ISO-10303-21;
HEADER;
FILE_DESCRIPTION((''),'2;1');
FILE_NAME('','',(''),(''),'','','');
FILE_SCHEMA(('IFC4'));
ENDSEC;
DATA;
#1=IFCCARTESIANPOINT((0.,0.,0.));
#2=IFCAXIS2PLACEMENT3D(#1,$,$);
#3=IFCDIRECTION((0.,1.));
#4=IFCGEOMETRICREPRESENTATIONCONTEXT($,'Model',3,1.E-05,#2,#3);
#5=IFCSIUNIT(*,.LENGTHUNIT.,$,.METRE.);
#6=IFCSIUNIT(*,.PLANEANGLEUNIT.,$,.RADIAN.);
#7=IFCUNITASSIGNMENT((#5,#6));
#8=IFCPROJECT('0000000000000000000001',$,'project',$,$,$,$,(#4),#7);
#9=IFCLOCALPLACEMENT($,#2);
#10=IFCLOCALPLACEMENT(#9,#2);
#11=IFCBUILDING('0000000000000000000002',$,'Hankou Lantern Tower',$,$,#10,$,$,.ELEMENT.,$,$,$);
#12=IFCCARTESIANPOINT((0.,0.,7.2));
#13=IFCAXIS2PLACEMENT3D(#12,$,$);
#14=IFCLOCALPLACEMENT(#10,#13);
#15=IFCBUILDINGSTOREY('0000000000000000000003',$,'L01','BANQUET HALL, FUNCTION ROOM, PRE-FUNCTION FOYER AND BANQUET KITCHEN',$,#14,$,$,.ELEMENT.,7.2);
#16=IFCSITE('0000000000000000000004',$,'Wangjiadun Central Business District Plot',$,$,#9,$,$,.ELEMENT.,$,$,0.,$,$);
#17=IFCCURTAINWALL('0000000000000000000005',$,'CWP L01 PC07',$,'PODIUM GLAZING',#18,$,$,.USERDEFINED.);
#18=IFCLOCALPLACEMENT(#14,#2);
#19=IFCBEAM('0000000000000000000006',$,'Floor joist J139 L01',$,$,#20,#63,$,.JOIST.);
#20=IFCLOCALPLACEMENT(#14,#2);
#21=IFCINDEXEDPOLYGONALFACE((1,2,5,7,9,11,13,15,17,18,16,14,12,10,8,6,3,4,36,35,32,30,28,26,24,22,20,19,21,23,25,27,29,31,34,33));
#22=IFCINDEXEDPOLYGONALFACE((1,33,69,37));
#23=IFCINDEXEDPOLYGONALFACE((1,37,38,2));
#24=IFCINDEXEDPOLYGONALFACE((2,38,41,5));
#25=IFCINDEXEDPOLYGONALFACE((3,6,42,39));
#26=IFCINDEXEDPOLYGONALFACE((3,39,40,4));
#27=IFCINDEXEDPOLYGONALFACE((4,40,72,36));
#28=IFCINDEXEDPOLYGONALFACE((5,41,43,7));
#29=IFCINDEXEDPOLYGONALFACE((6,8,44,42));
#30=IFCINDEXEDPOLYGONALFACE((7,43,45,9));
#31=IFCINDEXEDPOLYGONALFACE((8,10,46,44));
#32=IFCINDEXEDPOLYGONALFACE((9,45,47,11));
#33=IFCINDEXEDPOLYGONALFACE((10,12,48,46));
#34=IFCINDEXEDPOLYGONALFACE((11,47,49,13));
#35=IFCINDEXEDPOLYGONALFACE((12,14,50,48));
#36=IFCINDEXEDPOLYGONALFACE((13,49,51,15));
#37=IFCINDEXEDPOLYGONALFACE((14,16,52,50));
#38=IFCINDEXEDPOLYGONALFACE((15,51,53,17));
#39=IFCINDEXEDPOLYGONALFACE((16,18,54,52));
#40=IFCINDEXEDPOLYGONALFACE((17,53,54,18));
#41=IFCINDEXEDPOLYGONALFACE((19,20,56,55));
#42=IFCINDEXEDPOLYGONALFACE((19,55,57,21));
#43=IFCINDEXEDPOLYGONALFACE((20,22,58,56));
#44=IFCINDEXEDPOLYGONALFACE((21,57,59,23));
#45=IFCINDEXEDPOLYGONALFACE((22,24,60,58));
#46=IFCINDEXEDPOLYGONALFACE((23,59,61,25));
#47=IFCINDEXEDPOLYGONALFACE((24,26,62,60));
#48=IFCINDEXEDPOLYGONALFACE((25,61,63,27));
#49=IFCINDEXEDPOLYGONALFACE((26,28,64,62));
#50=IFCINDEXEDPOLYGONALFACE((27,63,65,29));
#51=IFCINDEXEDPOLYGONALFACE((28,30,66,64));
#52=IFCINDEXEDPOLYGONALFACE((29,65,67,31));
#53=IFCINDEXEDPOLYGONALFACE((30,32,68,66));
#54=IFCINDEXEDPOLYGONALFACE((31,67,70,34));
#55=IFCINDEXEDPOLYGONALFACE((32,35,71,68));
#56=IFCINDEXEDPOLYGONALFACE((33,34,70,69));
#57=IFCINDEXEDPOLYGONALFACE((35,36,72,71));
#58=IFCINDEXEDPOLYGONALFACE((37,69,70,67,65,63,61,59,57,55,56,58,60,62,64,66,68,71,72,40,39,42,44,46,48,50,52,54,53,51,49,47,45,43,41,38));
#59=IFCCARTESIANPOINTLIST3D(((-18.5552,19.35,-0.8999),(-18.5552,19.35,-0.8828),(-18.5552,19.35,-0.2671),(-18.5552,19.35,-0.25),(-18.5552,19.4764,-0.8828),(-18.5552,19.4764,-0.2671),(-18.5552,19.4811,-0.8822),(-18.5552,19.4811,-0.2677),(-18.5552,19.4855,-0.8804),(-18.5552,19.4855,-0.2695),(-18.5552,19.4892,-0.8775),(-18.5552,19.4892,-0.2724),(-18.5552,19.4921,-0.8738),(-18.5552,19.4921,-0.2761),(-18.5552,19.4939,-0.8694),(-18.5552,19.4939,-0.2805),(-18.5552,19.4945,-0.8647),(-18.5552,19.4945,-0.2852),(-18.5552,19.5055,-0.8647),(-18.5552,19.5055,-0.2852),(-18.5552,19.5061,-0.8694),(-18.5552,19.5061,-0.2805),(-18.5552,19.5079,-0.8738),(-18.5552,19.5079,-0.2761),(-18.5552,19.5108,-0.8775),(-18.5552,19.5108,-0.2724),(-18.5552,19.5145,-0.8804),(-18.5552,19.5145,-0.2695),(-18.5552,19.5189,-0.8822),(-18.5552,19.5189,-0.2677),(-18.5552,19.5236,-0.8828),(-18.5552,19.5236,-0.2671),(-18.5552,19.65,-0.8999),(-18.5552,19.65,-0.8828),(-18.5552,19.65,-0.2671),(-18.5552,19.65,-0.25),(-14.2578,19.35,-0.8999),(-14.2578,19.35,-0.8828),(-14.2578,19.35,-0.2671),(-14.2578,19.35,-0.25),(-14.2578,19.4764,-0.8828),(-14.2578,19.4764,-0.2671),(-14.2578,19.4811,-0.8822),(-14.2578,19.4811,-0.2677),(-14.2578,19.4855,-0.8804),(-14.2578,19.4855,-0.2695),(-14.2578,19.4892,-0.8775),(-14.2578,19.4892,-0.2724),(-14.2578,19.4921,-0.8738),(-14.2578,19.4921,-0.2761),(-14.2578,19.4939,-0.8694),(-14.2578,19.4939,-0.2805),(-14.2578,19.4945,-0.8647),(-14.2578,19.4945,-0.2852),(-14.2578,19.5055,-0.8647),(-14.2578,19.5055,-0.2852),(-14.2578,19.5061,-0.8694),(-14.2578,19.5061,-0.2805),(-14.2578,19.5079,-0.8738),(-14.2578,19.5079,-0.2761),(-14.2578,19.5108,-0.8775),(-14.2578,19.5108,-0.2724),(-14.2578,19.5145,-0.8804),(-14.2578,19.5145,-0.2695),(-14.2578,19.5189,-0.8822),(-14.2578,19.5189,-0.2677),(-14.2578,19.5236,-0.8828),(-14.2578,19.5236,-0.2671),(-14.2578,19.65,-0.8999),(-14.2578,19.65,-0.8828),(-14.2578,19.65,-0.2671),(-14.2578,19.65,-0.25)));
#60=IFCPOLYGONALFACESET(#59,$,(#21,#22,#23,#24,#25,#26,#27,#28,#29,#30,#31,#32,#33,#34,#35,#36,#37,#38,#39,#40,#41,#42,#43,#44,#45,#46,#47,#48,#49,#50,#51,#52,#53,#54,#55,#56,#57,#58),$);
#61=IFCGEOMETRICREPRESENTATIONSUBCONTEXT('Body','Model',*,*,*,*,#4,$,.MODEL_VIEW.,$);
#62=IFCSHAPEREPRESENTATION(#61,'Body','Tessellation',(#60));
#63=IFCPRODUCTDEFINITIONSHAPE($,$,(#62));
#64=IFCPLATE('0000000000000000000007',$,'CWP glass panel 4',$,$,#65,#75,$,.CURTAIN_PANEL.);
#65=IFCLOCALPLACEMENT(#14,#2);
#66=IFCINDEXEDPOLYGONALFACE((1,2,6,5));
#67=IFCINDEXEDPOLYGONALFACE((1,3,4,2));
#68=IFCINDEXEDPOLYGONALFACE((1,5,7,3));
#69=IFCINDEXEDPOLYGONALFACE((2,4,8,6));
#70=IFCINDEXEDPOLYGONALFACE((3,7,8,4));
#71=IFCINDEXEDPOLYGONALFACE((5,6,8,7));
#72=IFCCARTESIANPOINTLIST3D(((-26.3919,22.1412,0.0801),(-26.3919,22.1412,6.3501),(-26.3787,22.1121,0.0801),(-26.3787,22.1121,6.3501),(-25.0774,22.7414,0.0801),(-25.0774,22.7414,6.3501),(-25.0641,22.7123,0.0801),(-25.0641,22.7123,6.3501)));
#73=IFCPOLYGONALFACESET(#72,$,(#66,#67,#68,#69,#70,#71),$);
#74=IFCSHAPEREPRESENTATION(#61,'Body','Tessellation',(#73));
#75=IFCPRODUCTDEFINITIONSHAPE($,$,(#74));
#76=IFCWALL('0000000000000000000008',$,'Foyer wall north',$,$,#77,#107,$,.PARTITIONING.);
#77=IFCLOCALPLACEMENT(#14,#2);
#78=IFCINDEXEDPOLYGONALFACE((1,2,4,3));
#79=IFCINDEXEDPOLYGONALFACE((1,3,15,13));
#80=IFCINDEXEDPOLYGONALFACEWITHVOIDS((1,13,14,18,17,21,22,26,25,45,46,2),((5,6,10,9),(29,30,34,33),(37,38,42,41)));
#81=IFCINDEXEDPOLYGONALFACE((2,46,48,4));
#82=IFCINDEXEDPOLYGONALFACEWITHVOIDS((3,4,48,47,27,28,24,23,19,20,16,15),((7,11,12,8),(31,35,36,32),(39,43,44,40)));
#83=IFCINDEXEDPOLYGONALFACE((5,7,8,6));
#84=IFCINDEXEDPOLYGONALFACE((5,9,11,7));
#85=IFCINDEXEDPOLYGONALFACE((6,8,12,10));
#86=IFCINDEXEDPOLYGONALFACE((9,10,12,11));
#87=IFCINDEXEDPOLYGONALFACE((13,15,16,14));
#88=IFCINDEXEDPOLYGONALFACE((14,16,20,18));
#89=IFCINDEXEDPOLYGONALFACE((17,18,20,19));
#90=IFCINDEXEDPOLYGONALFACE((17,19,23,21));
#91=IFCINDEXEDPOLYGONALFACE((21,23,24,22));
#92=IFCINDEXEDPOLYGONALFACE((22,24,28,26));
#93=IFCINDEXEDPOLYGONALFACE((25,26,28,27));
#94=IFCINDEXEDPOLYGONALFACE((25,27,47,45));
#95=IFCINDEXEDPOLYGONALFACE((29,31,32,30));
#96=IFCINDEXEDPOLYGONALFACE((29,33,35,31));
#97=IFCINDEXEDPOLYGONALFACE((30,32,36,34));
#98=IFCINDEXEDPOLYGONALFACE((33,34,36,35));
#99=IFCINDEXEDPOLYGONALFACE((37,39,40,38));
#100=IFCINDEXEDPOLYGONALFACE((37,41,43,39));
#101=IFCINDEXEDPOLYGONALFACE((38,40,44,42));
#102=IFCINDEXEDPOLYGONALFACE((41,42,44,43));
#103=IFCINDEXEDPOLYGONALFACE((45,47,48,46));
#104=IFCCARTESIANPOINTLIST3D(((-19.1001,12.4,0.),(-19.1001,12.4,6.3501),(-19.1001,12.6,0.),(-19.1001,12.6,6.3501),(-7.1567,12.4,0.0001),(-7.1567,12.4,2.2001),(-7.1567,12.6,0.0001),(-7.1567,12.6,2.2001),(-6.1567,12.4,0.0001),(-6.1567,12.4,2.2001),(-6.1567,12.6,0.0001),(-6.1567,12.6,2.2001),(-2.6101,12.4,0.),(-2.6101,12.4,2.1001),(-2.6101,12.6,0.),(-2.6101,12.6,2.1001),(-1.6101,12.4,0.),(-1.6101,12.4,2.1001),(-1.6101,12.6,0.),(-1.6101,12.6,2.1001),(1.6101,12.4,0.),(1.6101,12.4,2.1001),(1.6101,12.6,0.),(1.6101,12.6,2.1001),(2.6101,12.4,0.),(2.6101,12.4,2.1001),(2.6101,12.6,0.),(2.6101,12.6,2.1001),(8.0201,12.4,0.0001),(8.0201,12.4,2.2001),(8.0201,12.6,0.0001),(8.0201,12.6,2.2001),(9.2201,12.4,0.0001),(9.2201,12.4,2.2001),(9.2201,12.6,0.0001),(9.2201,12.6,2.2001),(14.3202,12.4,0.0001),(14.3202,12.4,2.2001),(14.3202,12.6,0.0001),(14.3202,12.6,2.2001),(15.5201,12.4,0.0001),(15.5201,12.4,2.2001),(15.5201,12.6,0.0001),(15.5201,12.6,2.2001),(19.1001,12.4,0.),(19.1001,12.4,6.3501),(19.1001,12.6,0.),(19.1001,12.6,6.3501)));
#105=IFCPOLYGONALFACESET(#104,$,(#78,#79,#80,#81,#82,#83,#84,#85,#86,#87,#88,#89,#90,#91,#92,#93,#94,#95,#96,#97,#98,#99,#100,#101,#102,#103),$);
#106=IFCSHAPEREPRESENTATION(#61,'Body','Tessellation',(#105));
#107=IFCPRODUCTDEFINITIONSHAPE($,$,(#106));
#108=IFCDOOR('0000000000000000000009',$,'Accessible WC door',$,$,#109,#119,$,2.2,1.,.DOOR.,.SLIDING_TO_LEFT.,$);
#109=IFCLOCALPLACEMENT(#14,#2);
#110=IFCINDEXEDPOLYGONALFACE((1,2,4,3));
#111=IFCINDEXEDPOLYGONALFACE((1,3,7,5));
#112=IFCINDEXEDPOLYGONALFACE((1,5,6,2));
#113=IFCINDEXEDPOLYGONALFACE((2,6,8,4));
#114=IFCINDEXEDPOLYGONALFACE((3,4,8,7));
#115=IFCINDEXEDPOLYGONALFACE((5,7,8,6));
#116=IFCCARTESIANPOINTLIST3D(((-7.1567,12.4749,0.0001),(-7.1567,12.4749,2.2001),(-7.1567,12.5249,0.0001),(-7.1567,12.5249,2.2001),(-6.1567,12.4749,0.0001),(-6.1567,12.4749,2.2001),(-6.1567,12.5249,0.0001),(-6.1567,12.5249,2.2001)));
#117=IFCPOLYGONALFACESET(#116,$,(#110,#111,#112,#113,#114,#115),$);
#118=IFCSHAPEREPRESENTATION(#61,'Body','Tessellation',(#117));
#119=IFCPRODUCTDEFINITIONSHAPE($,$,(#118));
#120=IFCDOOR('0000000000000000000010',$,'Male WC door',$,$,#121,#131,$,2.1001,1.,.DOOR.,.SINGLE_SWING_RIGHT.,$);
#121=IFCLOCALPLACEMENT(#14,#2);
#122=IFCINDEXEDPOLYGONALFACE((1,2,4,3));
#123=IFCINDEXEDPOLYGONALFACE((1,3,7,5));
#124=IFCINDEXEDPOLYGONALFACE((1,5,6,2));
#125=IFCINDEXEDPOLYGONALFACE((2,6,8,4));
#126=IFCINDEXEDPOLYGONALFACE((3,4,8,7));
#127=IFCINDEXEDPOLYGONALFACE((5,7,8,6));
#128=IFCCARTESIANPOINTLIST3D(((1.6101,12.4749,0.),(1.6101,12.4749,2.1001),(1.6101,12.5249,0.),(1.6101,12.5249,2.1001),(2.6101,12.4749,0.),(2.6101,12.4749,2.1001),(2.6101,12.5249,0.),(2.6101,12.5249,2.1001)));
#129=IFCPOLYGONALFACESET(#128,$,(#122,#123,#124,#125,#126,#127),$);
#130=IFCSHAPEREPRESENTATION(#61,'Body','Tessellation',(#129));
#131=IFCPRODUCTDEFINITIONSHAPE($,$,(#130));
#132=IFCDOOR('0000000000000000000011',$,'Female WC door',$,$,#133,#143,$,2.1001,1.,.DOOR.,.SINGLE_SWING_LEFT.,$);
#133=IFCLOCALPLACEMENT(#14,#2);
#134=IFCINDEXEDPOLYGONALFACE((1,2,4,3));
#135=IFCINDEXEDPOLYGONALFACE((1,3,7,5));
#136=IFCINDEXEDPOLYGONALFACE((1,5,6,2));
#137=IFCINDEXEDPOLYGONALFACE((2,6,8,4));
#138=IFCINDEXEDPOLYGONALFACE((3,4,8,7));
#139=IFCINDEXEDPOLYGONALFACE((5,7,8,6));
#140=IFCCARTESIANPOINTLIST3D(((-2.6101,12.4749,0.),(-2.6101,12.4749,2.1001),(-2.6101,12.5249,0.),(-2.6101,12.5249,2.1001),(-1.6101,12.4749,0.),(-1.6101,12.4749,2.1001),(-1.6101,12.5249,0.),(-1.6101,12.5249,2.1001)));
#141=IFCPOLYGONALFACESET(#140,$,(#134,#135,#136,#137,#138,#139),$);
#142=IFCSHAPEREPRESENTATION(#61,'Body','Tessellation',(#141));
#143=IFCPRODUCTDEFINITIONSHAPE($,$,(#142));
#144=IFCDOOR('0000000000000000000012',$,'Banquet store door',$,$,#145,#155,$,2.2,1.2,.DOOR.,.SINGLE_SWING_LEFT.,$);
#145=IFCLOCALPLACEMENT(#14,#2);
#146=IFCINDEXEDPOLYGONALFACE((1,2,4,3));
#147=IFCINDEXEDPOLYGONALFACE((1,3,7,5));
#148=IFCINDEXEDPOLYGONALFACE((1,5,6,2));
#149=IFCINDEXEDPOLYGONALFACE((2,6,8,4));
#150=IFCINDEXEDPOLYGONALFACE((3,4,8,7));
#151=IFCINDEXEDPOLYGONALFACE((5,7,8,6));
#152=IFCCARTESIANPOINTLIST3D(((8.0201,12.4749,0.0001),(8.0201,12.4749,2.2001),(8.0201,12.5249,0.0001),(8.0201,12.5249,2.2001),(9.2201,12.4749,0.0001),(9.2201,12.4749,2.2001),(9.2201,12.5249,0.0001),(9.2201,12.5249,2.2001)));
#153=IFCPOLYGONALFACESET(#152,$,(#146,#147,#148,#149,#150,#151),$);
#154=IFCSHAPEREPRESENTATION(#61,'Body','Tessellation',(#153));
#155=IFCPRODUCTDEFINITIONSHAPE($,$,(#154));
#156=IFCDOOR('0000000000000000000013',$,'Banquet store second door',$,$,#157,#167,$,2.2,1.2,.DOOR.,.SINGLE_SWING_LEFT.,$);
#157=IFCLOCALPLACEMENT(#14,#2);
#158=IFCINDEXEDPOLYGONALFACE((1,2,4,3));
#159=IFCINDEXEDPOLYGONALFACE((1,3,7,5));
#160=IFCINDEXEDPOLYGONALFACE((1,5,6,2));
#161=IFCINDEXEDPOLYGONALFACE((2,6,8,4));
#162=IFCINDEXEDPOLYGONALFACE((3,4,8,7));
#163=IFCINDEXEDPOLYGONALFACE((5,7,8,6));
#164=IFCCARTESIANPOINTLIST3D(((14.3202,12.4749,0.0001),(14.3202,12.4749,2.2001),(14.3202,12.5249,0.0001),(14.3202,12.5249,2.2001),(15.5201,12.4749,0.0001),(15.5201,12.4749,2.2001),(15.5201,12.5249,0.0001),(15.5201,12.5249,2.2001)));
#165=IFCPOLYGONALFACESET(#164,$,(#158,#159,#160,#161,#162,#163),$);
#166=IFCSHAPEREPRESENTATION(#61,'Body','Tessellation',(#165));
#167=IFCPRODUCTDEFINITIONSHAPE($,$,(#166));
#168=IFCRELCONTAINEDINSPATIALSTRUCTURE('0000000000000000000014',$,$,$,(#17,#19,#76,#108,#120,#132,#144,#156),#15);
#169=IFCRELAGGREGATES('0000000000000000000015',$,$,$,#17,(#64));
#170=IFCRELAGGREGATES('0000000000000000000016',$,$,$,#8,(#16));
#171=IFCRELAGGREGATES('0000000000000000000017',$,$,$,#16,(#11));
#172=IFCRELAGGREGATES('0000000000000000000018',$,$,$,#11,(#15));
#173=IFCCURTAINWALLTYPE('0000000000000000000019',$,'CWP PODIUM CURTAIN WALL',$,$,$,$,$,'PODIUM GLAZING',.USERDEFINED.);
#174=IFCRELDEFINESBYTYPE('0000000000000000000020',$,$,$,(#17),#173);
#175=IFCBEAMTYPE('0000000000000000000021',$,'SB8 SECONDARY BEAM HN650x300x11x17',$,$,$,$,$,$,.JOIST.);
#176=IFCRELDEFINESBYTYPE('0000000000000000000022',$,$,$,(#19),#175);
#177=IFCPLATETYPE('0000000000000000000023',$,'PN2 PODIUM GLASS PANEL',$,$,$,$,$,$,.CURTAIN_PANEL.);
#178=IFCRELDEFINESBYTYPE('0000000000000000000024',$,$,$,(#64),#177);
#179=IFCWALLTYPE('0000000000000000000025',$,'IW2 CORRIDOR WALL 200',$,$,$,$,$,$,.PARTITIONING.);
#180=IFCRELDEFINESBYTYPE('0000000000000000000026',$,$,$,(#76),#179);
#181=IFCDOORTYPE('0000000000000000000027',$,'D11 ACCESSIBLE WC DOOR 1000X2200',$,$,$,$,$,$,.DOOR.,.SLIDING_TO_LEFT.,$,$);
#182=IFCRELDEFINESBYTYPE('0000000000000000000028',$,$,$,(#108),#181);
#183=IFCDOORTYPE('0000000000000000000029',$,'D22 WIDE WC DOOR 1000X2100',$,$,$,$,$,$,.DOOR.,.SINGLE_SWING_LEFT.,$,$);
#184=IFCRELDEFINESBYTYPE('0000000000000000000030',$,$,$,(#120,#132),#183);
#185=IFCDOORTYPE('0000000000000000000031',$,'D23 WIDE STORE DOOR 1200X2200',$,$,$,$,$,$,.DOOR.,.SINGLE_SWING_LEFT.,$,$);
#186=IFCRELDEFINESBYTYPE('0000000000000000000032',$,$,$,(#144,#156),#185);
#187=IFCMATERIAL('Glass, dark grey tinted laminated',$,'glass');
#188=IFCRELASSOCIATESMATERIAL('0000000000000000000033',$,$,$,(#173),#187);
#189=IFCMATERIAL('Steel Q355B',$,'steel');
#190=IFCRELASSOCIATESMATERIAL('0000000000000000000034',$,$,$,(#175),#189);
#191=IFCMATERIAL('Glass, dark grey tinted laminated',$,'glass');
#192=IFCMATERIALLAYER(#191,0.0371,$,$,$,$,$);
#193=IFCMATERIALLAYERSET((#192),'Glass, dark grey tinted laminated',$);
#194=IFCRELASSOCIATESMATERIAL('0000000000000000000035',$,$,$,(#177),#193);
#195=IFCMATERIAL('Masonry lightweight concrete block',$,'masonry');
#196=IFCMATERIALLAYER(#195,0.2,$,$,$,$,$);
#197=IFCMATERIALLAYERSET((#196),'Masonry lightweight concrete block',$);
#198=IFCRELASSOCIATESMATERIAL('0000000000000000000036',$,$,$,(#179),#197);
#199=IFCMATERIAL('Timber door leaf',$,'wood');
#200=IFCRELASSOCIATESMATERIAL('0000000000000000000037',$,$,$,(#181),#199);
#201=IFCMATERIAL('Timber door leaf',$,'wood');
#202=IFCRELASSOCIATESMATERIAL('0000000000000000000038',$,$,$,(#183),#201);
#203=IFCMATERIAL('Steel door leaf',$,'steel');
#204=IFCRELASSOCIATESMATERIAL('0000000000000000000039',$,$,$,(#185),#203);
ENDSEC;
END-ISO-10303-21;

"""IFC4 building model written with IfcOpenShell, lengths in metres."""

from ifc_helpers import new_model, si_unit, direction, frame, frame_2d, origin, origin_2d, place, context, subcontext, project, spatial, rectangle, i_section, extrude, material, layer, layer_set, material_profile, profile_set, type_object, element, fill, aggregate, save


model = new_model("IFC4")

# Units and contexts
model_context = context("Model", 3, precision=1e-05, world=origin(), true_north=direction((0.0, 1.0)))
body_context = subcontext(model_context, "Body", "Model", "MODEL_VIEW")
ifc_project = project(units=[si_unit("LENGTHUNIT", "METRE"), si_unit("PLANEANGLEUNIT", "RADIAN")], contexts=[model_context])

# Site, building, storey
site_placement = place(None, origin())
site = spatial("IfcSite", under=ifc_project, at=site_placement, Name="Wangjiadun Central Business District Plot", CompositionType="ELEMENT", RefElevation=0.0)
building_placement = place(site_placement, origin())
building = spatial("IfcBuilding", under=site, at=building_placement, Name="Hankou Lantern Tower", CompositionType="ELEMENT")
storey_placement = place(building_placement, frame((0.0, 0.0, 7.2)))
storey = spatial("IfcBuildingStorey", under=building, at=storey_placement, Name="L01", Description="BANQUET HALL, FUNCTION ROOM, PRE-FUNCTION FOYER AND BANQUET KITCHEN", CompositionType="ELEMENT", Elevation=7.2)

# Curtain wall
ifc_material_1 = material(Name="Glass, dark grey tinted laminated", Category="glass")
curtain_wall_type = type_object("IfcCurtainWallType", Name="CWP PODIUM CURTAIN WALL", ElementType="PODIUM GLAZING", PredefinedType="USERDEFINED", material=ifc_material_1)
curtain_wall_placement = place(storey_placement, origin())
curtain_wall = element("IfcCurtainWall", 1, at=curtain_wall_placement, inside=storey, type_object=curtain_wall_type, Name="CWP L01 PC07", ObjectType="PODIUM GLAZING", PredefinedType="USERDEFINED")

# Beam
ifc_material_2 = material(Name="Steel Q355B", Category="steel")
ifc_material_profile_1 = material_profile(ifc_material_2, i_section(OverallWidth=0.3, OverallDepth=0.6499, WebThickness=0.011, FlangeThickness=0.0171, FilletRadius=0.0181, at=origin_2d()), Name="HN650x300x11x17")
ifc_profile_set_1 = profile_set([ifc_material_profile_1], Name="Steel Q355B")
beam_type_1 = type_object("IfcBeamType", Name="SB8 SECONDARY BEAM HN650x300x11x17", PredefinedType="JOIST", material=ifc_profile_set_1)
beam_1_placement = place(storey_placement, frame((-18.5552, 19.5, -0.575), z_axis=(1.0, 0.0, 0.0), x_axis=(0.0, 1.0, 0.0)))
element("IfcBeam", 2, at=beam_1_placement, inside=storey, type_object=beam_type_1, Name="Floor joist J139 L01", PredefinedType="JOIST", context=body_context, shape_type="SweptSolid", body=[
    extrude(i_section(OverallWidth=0.3, OverallDepth=0.6499, WebThickness=0.011, FlangeThickness=0.0171, FilletRadius=0.0181, at=origin_2d()), origin(), (0.0, 0.0, 1.0), 4.2974),
])

# Plate
ifc_material_3 = material(Name="Glass, dark grey tinted laminated", Category="glass")
ifc_layer_1 = layer(ifc_material_3, 0.0371)
ifc_layer_set_1 = layer_set([ifc_layer_1], Name="Glass, dark grey tinted laminated")
plate_type = type_object("IfcPlateType", Name="PN2 PODIUM GLASS PANEL", PredefinedType="CURTAIN_PANEL", material=ifc_layer_set_1)
plate_placement = place(storey_placement, frame((-25.728, 22.4268, 0.0801), z_axis=(0.0, 0.0, 1.0), x_axis=(-0.90967, -0.415332, 0.0)))
plate = element("IfcPlate", 3, at=plate_placement, type_object=plate_type, Name="CWP glass panel 4", PredefinedType="CURTAIN_PANEL", context=body_context, shape_type="SweptSolid", body=[
    extrude(rectangle(XDim=1.4451, YDim=0.032, at=origin_2d()), origin(), (0.0, 0.0, 1.0), 6.27),
])
aggregate(curtain_wall, [plate])

# Wall, openings, doors
ifc_material_4 = material(Name="Masonry lightweight concrete block", Category="masonry")
ifc_layer_2 = layer(ifc_material_4, 0.2)
ifc_layer_set_2 = layer_set([ifc_layer_2], Name="Masonry lightweight concrete block")
wall_type = type_object("IfcWallType", Name="IW2 CORRIDOR WALL 200", PredefinedType="PARTITIONING", material=ifc_layer_set_2)
wall_1_placement = place(storey_placement, frame((-19.1001, 12.5, 0.0), z_axis=(0.0, 0.0, 1.0), x_axis=(1.0, 0.0, 0.0)))
wall_1 = element("IfcWall", 4, at=wall_1_placement, inside=storey, type_object=wall_type, Name="Foyer wall north", PredefinedType="PARTITIONING", context=body_context, shape_type="SweptSolid", body=[
    extrude(rectangle(XDim=38.2002, YDim=0.2, at=frame_2d((19.1001, 0.0))), origin(), (0.0, 0.0, 1.0), 6.3501),
])
opening_1_placement = place(wall_1_placement, frame((27.1201, 0.0, 0.0)))
opening_1 = element("IfcOpeningElement", 5, at=opening_1_placement, cuts=wall_1, PredefinedType="OPENING", context=body_context, shape_type="SweptSolid", body=[
    extrude(rectangle(XDim=1.2, YDim=2.2, at=frame_2d((0.6001, 1.1001))), frame((0.0, 0.1099, 0.0), z_axis=(0.0, -1.0, 0.0), x_axis=(1.0, 0.0, 0.0)), (0.0, 0.0, 1.0), 0.22),
])
opening_2_placement = place(wall_1_placement, frame((20.7102, 0.0, 0.0)))
opening_2 = element("IfcOpeningElement", 6, at=opening_2_placement, cuts=wall_1, PredefinedType="OPENING", context=body_context, shape_type="SweptSolid", body=[
    extrude(rectangle(XDim=1.0, YDim=2.1001, at=frame_2d((0.5, 1.05))), frame((0.0, 0.1099, 0.0), z_axis=(0.0, -1.0, 0.0), x_axis=(1.0, 0.0, 0.0)), (0.0, 0.0, 1.0), 0.22),
])
opening_3_placement = place(wall_1_placement, frame((16.49, 0.0, 0.0)))
opening_3 = element("IfcOpeningElement", 7, at=opening_3_placement, cuts=wall_1, PredefinedType="OPENING", context=body_context, shape_type="SweptSolid", body=[
    extrude(rectangle(XDim=1.0, YDim=2.1001, at=frame_2d((0.5, 1.05))), frame((0.0, 0.1099, 0.0), z_axis=(0.0, -1.0, 0.0), x_axis=(1.0, 0.0, 0.0)), (0.0, 0.0, 1.0), 0.22),
])
opening_4_placement = place(wall_1_placement, frame((11.9434, 0.0, 0.0)))
opening_4 = element("IfcOpeningElement", 8, at=opening_4_placement, cuts=wall_1, PredefinedType="OPENING", context=body_context, shape_type="SweptSolid", body=[
    extrude(rectangle(XDim=1.0, YDim=2.2, at=frame_2d((0.5, 1.1001))), frame((0.0, 0.1099, 0.0), z_axis=(0.0, -1.0, 0.0), x_axis=(1.0, 0.0, 0.0)), (0.0, 0.0, 1.0), 0.22),
])
opening_5_placement = place(wall_1_placement, frame((33.4202, 0.0, 0.0)))
opening_5 = element("IfcOpeningElement", 9, at=opening_5_placement, cuts=wall_1, PredefinedType="OPENING", context=body_context, shape_type="SweptSolid", body=[
    extrude(rectangle(XDim=1.2, YDim=2.2, at=frame_2d((0.6001, 1.1001))), frame((0.0, 0.1099, 0.0), z_axis=(0.0, -1.0, 0.0), x_axis=(1.0, 0.0, 0.0)), (0.0, 0.0, 1.0), 0.22),
])
ifc_material_5 = material(Name="Timber door leaf", Category="wood")
door_type_1 = type_object("IfcDoorType", Name="D11 ACCESSIBLE WC DOOR 1000X2200", OperationType="SLIDING_TO_LEFT", PredefinedType="DOOR", material=ifc_material_5)
door_1_placement = place(opening_4_placement, origin())
door_1 = element("IfcDoor", 10, at=door_1_placement, inside=storey, type_object=door_type_1, Name="Accessible WC door", OperationType="SLIDING_TO_LEFT", OverallHeight=2.2, OverallWidth=1.0, PredefinedType="DOOR", context=body_context, shape_type="SweptSolid", body=[
    extrude(rectangle(XDim=1.0, YDim=2.2, at=frame_2d((0.5, 1.1001))), frame((0.0, 0.0249, 0.0), z_axis=(0.0, -1.0, 0.0), x_axis=(1.0, 0.0, 0.0)), (0.0, 0.0, 1.0), 0.05),
])
fill(opening_4, door_1)
ifc_material_6 = material(Name="Timber door leaf", Category="wood")
door_type_2 = type_object("IfcDoorType", Name="D22 WIDE WC DOOR 1000X2100", OperationType="SINGLE_SWING_LEFT", PredefinedType="DOOR", material=ifc_material_6)
door_2_placement = place(opening_2_placement, origin())
door_2 = element("IfcDoor", 11, at=door_2_placement, inside=storey, type_object=door_type_2, Name="Male WC door", OperationType="SINGLE_SWING_RIGHT", OverallHeight=2.1001, OverallWidth=1.0, PredefinedType="DOOR", context=body_context, shape_type="SweptSolid", body=[
    extrude(rectangle(XDim=1.0, YDim=2.1001, at=frame_2d((0.5, 1.05))), frame((0.0, 0.0249, 0.0), z_axis=(0.0, -1.0, 0.0), x_axis=(1.0, 0.0, 0.0)), (0.0, 0.0, 1.0), 0.05),
])
fill(opening_2, door_2)
door_3_placement = place(opening_3_placement, origin())
door_3 = element("IfcDoor", 12, at=door_3_placement, inside=storey, type_object=door_type_2, Name="Female WC door", OperationType="SINGLE_SWING_LEFT", OverallHeight=2.1001, OverallWidth=1.0, PredefinedType="DOOR", context=body_context, shape_type="SweptSolid", body=[
    extrude(rectangle(XDim=1.0, YDim=2.1001, at=frame_2d((0.5, 1.05))), frame((0.0, 0.0249, 0.0), z_axis=(0.0, -1.0, 0.0), x_axis=(1.0, 0.0, 0.0)), (0.0, 0.0, 1.0), 0.05),
])
fill(opening_3, door_3)
ifc_material_7 = material(Name="Steel door leaf", Category="steel")
door_type_3 = type_object("IfcDoorType", Name="D23 WIDE STORE DOOR 1200X2200", OperationType="SINGLE_SWING_LEFT", PredefinedType="DOOR", material=ifc_material_7)
door_4_placement = place(opening_1_placement, origin())
door_4 = element("IfcDoor", 13, at=door_4_placement, inside=storey, type_object=door_type_3, Name="Banquet store door", OperationType="SINGLE_SWING_LEFT", OverallHeight=2.2, OverallWidth=1.2, PredefinedType="DOOR", context=body_context, shape_type="SweptSolid", body=[
    extrude(rectangle(XDim=1.2, YDim=2.2, at=frame_2d((0.6001, 1.1001))), frame((0.0, 0.0249, 0.0), z_axis=(0.0, -1.0, 0.0), x_axis=(1.0, 0.0, 0.0)), (0.0, 0.0, 1.0), 0.05),
])
fill(opening_1, door_4)
door_5_placement = place(opening_5_placement, origin())
door_5 = element("IfcDoor", 14, at=door_5_placement, inside=storey, type_object=door_type_3, Name="Banquet store second door", OperationType="SINGLE_SWING_LEFT", OverallHeight=2.2, OverallWidth=1.2, PredefinedType="DOOR", context=body_context, shape_type="SweptSolid", body=[
    extrude(rectangle(XDim=1.2, YDim=2.2, at=frame_2d((0.6001, 1.1001))), frame((0.0, 0.0249, 0.0), z_axis=(0.0, -1.0, 0.0), x_axis=(1.0, 0.0, 0.0)), (0.0, 0.0, 1.0), 0.05),
])
fill(opening_5, door_5)

save(model, "model.ifc")
